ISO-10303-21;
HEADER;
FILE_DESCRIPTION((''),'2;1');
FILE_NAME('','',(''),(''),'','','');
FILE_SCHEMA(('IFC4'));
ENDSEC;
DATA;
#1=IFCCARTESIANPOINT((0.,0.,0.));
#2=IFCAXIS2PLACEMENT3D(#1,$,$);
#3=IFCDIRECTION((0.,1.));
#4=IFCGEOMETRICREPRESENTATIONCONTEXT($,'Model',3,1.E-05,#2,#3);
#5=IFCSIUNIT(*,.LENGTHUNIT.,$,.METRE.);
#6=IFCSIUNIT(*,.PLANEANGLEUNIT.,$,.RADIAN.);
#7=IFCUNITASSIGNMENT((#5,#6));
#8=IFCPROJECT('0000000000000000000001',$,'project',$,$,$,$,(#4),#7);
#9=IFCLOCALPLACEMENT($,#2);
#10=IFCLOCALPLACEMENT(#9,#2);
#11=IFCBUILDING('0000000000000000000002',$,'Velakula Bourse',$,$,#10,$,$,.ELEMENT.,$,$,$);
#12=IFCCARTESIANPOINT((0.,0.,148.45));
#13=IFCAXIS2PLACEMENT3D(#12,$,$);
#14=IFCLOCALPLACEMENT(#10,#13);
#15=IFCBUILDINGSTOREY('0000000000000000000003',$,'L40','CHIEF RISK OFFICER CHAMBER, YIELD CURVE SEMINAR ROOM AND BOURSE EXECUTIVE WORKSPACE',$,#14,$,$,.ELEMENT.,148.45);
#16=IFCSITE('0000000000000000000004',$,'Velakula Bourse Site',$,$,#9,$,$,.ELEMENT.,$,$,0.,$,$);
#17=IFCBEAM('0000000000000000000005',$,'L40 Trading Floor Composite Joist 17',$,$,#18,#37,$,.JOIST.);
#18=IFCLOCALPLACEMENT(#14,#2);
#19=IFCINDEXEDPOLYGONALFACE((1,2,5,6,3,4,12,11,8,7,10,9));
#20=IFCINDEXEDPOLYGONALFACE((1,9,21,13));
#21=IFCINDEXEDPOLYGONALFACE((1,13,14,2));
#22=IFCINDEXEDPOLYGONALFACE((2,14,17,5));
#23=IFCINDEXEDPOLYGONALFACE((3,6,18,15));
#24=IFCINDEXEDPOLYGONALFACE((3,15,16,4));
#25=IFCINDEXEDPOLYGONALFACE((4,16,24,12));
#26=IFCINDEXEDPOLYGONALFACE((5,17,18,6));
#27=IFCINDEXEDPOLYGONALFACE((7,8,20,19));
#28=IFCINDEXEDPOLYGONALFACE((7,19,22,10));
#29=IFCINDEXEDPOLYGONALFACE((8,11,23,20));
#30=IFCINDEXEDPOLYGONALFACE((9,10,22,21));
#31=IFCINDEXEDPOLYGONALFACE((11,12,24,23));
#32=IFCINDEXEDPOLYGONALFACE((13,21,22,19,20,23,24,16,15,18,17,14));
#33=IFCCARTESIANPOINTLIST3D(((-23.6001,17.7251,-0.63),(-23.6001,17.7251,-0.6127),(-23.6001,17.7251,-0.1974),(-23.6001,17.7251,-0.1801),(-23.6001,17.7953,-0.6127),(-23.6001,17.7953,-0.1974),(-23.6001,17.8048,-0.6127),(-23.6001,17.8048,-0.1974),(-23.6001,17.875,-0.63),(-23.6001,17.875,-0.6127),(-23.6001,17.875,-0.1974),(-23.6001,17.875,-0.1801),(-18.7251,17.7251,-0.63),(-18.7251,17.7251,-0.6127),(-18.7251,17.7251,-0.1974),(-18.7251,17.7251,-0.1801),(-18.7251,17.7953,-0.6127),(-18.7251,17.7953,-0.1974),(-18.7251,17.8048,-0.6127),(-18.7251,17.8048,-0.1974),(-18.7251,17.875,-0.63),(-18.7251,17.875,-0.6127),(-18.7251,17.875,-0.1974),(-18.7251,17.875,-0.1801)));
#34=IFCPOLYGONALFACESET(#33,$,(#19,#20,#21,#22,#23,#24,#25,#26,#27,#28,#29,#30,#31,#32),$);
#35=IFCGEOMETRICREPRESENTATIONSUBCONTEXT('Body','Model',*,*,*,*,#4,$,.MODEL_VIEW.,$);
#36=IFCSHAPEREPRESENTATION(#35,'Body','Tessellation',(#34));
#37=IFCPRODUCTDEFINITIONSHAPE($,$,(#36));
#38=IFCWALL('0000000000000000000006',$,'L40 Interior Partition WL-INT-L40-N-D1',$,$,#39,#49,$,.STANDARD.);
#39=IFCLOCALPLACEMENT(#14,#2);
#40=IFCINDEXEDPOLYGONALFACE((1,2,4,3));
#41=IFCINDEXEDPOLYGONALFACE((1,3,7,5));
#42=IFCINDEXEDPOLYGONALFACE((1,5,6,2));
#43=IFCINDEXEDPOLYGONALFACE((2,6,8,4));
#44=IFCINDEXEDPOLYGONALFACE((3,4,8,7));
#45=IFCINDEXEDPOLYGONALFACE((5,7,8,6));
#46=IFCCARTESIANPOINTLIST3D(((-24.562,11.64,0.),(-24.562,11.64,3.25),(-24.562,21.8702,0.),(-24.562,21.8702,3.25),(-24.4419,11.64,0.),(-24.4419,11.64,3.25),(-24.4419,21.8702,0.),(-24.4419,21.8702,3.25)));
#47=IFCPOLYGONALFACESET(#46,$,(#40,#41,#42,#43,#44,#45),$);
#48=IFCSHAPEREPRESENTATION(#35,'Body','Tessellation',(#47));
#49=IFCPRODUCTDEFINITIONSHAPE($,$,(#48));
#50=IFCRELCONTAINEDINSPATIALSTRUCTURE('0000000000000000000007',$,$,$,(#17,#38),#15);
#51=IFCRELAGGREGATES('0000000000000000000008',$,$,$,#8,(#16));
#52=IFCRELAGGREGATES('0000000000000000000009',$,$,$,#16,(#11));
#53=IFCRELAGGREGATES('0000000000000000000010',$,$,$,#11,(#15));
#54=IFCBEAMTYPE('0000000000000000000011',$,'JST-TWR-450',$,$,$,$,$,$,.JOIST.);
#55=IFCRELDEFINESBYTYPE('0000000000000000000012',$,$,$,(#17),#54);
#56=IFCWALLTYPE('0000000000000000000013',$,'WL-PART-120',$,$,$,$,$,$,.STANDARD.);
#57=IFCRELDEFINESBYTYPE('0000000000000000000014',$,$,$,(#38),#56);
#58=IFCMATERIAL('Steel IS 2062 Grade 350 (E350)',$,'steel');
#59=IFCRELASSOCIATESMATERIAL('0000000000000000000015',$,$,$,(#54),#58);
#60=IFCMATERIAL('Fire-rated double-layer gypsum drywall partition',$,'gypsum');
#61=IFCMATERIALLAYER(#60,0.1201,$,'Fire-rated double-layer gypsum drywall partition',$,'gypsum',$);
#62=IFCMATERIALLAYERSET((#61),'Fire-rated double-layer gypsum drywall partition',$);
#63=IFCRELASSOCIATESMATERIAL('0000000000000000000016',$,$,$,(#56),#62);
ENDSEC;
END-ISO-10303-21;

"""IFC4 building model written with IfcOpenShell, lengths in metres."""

from ifc_helpers import new_model, si_unit, direction, frame, frame_2d, origin, origin_2d, place, context, subcontext, project, spatial, rectangle, i_section, extrude, material, layer, layer_set, material_profile, profile_set, type_object, element, save


model = new_model("IFC4")

# Units and contexts
model_context = context("Model", 3, precision=1e-05, world=origin(), true_north=direction((0.0, 1.0)))
body_context = subcontext(model_context, "Body", "Model", "MODEL_VIEW")
ifc_project = project(units=[si_unit("LENGTHUNIT", "METRE"), si_unit("PLANEANGLEUNIT", "RADIAN")], contexts=[model_context])

# Site, building, storey
site_placement = place(None, origin())
site = spatial("IfcSite", under=ifc_project, at=site_placement, Name="Velakula Bourse Site", CompositionType="ELEMENT", RefElevation=0.0)
building_placement = place(site_placement, origin())
building = spatial("IfcBuilding", under=site, at=building_placement, Name="Velakula Bourse", CompositionType="ELEMENT")
storey_placement = place(building_placement, frame((0.0, 0.0, 148.45)))
storey = spatial("IfcBuildingStorey", under=building, at=storey_placement, Name="L40", Description="CHIEF RISK OFFICER CHAMBER, YIELD CURVE SEMINAR ROOM AND BOURSE EXECUTIVE WORKSPACE", CompositionType="ELEMENT", Elevation=148.45)

# Shared definitions
ifc_material_1 = material(Name="Steel IS 2062 Grade 350 (E350)", Category="steel")

# Beam
ifc_material_profile_1 = material_profile(ifc_material_1, i_section(OverallWidth=0.1499, OverallDepth=0.45, WebThickness=0.0095, FlangeThickness=0.0173, at=origin_2d()), Name="Steel IS 2062 Grade 350 (E350)")
ifc_profile_set_1 = profile_set([ifc_material_profile_1], Name="Steel IS 2062 Grade 350 (E350)")
beam_type_1 = type_object("IfcBeamType", Name="JST-TWR-450", PredefinedType="JOIST", material=ifc_profile_set_1)
beam_1_placement = place(storey_placement, frame((-23.6001, 17.8, -0.405), z_axis=(1.0, 0.0, 0.0), x_axis=(0.0, 1.0, 0.0)))
element("IfcBeam", 1, at=beam_1_placement, inside=storey, type_object=beam_type_1, Name="L40 Trading Floor Composite Joist 17", PredefinedType="JOIST", context=body_context, shape_type="SweptSolid", body=[
    extrude(i_section(OverallWidth=0.1499, OverallDepth=0.45, WebThickness=0.0095, FlangeThickness=0.0173, at=origin_2d()), origin(), (0.0, 0.0, 1.0), 4.875),
])

# Wall
ifc_material_2 = material(Name="Fire-rated double-layer gypsum drywall partition", Category="gypsum")
ifc_layer = layer(ifc_material_2, 0.1201, Name="Fire-rated double-layer gypsum drywall partition", Category="gypsum")
ifc_layer_set = layer_set([ifc_layer], Name="Fire-rated double-layer gypsum drywall partition")
wall_type = type_object("IfcWallType", Name="WL-PART-120", PredefinedType="STANDARD", material=ifc_layer_set)
wall_placement = place(storey_placement, frame((-24.502, 11.6399, 0.0), z_axis=(0.0, 0.0, 1.0), x_axis=(0.0, 1.0, 0.0)))
element("IfcWall", 2, at=wall_placement, inside=storey, type_object=wall_type, Name="L40 Interior Partition WL-INT-L40-N-D1", PredefinedType="STANDARD", context=body_context, shape_type="SweptSolid", body=[
    extrude(rectangle(XDim=10.2302, YDim=0.1201, at=frame_2d((5.1152, 0.0))), origin(), (0.0, 0.0, 1.0), 3.25),
])

save(model, "model.ifc")
